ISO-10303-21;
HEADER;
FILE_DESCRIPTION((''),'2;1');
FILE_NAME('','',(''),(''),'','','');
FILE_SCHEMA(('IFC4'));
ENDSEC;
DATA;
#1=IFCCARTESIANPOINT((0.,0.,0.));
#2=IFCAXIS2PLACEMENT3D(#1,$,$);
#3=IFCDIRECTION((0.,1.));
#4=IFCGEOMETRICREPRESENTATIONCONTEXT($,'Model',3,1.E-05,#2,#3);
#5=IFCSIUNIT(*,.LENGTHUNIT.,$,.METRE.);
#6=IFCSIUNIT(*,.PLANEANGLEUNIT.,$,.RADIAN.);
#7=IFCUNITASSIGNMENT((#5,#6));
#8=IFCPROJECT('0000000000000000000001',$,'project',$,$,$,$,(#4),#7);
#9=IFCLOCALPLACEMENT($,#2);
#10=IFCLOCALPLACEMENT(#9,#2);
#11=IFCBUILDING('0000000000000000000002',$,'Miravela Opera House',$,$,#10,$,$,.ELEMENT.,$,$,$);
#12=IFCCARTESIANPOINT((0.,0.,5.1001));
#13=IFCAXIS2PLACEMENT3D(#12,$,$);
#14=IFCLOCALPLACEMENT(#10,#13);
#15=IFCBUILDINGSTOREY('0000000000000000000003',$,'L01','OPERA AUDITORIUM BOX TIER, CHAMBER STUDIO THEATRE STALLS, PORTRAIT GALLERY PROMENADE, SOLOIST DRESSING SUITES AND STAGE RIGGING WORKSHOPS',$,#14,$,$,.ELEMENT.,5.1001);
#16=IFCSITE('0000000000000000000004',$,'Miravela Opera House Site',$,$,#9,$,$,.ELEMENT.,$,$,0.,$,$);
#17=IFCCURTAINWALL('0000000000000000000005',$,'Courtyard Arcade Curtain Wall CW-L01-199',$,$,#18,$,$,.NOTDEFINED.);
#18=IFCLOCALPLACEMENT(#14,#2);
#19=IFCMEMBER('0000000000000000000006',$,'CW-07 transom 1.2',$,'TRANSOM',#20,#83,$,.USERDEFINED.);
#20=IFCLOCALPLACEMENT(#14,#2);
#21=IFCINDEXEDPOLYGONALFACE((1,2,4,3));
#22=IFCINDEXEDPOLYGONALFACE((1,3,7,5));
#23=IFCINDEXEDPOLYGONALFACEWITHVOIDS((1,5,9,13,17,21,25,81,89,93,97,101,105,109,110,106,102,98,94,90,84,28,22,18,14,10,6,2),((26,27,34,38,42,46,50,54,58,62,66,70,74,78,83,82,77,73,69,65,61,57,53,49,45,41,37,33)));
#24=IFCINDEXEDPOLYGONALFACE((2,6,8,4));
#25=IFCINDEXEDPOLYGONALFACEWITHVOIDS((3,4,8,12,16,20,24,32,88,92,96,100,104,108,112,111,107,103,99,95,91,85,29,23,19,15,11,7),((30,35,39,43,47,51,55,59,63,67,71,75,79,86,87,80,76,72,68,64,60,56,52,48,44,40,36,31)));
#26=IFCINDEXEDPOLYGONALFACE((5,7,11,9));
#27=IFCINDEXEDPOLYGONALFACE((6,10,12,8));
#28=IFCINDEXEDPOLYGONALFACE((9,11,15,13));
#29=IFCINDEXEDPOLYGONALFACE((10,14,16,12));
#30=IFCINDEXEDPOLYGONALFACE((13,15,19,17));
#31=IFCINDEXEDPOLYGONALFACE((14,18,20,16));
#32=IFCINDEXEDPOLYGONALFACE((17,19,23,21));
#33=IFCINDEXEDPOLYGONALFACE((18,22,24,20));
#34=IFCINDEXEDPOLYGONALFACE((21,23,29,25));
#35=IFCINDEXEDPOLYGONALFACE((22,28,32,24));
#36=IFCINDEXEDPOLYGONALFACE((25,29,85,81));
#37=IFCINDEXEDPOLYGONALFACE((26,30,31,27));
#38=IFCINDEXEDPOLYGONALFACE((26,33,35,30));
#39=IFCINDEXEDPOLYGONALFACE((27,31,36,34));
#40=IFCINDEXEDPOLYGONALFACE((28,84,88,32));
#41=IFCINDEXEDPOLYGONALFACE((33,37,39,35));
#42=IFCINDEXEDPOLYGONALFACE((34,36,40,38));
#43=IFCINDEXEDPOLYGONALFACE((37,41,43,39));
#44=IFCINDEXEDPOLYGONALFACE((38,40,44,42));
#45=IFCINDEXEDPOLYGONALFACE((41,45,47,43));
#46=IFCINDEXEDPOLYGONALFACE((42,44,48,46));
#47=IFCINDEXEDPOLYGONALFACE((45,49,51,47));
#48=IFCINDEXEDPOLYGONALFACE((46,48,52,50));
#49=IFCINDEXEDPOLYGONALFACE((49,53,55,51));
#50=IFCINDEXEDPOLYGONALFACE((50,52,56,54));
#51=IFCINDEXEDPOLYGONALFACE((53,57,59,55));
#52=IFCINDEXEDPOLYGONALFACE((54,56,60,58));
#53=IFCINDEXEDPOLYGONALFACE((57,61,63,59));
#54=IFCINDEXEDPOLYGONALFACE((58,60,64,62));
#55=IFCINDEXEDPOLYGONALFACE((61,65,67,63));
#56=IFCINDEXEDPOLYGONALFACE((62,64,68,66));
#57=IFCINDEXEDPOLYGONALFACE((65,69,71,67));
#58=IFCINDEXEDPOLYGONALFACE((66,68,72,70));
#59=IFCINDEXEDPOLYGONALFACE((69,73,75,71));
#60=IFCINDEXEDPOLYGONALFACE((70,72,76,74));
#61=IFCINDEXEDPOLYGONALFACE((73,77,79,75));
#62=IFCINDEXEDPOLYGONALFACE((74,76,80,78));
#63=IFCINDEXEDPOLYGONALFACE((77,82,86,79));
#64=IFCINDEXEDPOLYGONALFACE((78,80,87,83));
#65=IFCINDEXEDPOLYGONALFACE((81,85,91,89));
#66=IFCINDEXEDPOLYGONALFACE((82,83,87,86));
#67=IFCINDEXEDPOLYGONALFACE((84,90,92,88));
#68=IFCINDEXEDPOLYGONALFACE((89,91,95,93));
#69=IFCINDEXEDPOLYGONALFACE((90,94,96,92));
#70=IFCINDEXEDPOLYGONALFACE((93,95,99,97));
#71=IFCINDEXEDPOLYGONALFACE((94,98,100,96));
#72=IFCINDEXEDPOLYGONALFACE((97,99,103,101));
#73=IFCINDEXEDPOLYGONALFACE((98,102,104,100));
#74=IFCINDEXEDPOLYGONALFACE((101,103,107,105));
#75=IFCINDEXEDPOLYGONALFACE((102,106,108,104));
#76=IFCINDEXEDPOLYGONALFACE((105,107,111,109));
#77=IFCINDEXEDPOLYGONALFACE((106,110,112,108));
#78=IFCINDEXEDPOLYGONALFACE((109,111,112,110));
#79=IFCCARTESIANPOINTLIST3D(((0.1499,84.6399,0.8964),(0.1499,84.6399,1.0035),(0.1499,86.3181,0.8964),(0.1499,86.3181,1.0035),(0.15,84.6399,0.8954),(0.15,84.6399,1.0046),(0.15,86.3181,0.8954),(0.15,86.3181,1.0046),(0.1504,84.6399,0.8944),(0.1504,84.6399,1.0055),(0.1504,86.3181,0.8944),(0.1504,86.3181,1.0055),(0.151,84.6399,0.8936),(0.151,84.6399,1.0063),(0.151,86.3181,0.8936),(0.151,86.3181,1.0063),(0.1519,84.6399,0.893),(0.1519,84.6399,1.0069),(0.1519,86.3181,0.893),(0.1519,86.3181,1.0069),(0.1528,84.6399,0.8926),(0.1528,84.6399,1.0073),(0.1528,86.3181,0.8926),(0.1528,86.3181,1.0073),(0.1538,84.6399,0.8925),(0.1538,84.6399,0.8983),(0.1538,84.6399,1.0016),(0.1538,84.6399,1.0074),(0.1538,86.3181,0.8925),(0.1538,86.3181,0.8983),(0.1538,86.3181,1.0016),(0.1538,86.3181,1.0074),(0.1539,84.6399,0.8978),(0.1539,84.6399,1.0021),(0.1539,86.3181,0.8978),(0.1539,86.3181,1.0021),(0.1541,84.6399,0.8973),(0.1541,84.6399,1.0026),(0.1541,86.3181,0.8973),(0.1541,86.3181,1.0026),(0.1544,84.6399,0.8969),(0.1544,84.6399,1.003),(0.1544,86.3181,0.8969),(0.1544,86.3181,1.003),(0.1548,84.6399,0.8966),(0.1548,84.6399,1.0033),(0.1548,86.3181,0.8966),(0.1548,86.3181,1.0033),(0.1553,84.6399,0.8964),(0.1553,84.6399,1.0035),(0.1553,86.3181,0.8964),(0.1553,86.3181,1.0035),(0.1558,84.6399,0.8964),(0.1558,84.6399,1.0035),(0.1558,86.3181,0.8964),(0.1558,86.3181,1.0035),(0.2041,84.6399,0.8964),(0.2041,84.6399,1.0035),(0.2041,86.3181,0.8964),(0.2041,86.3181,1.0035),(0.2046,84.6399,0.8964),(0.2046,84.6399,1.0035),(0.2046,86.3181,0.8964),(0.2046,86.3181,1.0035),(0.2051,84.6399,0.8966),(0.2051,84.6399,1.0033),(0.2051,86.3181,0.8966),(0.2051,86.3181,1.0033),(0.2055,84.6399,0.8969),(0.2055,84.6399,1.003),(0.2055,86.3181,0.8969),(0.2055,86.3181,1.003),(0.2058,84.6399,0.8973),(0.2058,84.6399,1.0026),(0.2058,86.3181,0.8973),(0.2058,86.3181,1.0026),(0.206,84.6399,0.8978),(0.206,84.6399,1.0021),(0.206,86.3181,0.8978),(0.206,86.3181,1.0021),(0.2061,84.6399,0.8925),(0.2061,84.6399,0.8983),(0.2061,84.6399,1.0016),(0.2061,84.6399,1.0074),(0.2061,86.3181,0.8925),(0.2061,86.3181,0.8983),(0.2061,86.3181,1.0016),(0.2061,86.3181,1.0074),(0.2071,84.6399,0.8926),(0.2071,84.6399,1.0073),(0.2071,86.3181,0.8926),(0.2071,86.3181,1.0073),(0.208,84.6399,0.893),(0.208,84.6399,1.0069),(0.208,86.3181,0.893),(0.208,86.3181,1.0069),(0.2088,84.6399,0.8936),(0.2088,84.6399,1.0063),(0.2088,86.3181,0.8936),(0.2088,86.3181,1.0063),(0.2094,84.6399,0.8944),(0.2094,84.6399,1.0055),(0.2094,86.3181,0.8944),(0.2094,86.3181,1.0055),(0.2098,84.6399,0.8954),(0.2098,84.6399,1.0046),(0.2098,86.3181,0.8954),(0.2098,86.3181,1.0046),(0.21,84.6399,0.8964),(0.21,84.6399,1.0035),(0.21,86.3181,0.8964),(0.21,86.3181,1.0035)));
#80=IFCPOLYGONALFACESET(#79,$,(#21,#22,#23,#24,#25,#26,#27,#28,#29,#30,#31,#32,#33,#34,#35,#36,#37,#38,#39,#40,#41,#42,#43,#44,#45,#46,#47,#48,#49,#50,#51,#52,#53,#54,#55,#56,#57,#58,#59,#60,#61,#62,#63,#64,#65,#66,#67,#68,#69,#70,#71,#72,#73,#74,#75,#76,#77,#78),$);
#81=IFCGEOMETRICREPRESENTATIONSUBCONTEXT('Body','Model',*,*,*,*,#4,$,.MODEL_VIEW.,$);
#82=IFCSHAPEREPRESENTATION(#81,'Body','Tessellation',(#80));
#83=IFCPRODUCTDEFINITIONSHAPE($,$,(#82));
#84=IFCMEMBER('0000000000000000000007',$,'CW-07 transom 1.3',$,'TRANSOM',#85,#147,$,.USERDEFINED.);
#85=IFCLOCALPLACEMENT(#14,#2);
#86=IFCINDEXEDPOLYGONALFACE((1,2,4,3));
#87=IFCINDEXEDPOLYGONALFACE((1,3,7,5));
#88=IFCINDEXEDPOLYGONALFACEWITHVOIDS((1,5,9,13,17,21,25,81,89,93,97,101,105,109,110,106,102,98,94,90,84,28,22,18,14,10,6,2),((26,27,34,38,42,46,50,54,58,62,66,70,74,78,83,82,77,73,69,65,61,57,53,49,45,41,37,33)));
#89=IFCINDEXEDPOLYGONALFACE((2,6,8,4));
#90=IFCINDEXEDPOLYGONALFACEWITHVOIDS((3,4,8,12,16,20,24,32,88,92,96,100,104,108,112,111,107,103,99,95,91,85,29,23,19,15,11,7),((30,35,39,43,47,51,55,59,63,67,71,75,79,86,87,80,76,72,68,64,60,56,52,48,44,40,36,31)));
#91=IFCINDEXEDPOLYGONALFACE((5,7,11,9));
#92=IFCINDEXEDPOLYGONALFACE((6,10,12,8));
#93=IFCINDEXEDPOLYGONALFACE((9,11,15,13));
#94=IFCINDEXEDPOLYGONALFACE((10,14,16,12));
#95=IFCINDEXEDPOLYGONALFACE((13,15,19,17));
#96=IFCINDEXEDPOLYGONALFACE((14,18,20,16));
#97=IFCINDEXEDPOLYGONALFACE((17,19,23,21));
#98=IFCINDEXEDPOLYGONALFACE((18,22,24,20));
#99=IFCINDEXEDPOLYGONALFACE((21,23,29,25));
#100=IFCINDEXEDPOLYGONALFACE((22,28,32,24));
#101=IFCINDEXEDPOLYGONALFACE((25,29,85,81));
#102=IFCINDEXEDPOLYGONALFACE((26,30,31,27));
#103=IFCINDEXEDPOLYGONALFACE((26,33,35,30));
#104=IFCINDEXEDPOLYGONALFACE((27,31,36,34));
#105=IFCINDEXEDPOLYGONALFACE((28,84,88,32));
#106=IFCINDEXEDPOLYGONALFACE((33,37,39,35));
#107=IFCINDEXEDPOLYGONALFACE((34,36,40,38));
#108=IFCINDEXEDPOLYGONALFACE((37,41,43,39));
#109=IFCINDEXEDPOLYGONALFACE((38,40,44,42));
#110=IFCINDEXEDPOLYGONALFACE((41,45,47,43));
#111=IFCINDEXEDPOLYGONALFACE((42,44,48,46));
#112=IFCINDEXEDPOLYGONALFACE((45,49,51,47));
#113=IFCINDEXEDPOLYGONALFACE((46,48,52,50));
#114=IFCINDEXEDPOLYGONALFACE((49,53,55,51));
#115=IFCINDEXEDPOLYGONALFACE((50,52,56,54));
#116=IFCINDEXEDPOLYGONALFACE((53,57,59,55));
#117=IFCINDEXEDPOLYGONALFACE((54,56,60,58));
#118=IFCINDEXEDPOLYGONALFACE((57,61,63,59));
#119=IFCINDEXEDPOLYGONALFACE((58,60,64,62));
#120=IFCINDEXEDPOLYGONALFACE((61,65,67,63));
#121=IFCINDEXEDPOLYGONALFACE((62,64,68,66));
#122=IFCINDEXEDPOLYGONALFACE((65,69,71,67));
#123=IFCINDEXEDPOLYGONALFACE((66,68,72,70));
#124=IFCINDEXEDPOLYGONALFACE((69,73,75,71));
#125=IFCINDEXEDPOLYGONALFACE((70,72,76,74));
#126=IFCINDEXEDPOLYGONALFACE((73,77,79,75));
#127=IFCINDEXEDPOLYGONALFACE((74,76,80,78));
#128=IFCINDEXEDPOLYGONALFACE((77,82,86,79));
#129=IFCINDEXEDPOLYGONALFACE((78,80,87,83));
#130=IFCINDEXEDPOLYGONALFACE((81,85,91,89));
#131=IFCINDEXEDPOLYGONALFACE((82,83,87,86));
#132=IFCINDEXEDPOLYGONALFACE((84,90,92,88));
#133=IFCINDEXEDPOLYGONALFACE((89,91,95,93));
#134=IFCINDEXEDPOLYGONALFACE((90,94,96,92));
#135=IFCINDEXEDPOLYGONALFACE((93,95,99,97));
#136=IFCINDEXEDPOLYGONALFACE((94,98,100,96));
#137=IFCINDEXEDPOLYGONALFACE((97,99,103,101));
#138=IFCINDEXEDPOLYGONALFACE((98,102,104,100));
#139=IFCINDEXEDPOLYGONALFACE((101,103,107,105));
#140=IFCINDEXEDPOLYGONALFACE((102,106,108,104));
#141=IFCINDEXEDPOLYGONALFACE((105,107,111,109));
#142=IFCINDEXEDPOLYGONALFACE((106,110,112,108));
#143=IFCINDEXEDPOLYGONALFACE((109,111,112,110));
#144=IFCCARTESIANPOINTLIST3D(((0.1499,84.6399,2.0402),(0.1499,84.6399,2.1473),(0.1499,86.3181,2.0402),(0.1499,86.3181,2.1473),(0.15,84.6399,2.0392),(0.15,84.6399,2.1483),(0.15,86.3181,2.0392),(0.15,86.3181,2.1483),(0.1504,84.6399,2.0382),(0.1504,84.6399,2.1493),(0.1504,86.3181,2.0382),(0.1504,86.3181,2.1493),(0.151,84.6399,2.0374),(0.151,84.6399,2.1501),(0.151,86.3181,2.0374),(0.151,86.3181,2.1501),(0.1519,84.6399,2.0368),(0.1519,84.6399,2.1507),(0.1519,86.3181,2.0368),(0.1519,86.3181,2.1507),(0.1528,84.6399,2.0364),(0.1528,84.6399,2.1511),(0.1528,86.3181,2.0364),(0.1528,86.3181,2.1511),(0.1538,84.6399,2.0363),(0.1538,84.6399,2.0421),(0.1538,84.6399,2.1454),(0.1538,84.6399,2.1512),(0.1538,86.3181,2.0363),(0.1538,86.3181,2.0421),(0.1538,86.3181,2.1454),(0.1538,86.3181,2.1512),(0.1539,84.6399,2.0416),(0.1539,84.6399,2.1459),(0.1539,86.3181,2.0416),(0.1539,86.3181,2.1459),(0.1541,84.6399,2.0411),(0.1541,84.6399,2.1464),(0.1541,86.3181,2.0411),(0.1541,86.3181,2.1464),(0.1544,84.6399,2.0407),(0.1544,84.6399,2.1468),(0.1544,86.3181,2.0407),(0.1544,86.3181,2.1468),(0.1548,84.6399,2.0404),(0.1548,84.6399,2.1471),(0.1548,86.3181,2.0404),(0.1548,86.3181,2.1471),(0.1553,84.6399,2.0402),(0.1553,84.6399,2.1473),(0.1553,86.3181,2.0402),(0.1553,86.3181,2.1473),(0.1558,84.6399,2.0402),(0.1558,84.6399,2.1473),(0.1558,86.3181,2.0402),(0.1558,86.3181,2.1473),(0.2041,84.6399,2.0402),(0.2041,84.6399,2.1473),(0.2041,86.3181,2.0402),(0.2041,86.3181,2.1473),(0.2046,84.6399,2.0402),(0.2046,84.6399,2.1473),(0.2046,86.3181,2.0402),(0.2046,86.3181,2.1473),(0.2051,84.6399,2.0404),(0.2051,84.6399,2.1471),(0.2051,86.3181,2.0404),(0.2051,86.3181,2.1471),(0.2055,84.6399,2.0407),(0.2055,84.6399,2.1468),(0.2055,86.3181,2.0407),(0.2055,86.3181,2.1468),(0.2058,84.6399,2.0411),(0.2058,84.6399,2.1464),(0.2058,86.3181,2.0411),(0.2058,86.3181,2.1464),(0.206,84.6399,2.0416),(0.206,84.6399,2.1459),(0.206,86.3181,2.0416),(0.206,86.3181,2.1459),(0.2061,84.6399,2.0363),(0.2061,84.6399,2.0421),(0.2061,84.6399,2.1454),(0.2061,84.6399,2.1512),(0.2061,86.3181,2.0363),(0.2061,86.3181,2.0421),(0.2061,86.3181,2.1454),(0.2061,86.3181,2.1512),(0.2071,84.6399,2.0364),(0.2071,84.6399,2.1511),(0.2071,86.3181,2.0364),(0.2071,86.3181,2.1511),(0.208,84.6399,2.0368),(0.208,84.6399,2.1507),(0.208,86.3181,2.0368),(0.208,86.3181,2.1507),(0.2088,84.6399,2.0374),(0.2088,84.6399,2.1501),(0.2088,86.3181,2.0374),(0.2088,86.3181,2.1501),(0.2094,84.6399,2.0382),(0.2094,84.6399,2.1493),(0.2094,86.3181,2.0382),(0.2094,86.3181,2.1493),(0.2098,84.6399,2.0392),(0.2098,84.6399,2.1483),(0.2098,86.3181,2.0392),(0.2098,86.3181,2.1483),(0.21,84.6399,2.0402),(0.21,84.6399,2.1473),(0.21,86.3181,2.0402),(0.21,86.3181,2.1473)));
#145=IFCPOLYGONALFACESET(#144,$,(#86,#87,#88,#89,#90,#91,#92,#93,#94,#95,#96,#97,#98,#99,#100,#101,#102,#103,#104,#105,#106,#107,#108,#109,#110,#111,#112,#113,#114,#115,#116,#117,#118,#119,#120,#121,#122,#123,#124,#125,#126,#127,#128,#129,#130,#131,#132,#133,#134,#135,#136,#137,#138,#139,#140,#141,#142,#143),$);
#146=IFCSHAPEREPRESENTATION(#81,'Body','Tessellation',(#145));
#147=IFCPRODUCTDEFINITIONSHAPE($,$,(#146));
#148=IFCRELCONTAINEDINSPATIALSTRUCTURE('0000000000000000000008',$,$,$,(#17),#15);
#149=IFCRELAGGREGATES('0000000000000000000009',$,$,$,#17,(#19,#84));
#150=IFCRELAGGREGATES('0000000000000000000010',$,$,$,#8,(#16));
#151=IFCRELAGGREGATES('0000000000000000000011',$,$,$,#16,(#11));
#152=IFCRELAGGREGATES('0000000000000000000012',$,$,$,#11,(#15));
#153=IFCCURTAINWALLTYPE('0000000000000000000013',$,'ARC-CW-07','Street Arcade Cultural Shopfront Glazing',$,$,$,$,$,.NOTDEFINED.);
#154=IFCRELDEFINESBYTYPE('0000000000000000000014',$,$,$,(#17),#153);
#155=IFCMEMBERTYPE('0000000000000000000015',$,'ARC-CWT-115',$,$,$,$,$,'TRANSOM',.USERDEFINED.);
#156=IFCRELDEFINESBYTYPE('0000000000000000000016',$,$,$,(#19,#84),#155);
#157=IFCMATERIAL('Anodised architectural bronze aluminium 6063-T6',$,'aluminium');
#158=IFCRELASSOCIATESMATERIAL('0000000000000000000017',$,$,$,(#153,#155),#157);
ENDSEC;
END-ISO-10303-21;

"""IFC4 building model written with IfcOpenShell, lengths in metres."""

from ifc_helpers import new_model, si_unit, direction, frame, origin, origin_2d, place, context, subcontext, project, spatial, hollow_rectangle, extrude, material, material_profile, profile_set, type_object, element, aggregate, save


model = new_model("IFC4")

# Units and contexts
model_context = context("Model", 3, precision=1e-05, world=origin(), true_north=direction((0.0, 1.0)))
body_context = subcontext(model_context, "Body", "Model", "MODEL_VIEW")
ifc_project = project(units=[si_unit("LENGTHUNIT", "METRE"), si_unit("PLANEANGLEUNIT", "RADIAN")], contexts=[model_context])

# Site, building, storey
site_placement = place(None, origin())
site = spatial("IfcSite", under=ifc_project, at=site_placement, Name="Miravela Opera House Site", CompositionType="ELEMENT", RefElevation=0.0)
building_placement = place(site_placement, origin())
building = spatial("IfcBuilding", under=site, at=building_placement, Name="Miravela Opera House", CompositionType="ELEMENT")
storey_placement = place(building_placement, frame((0.0, 0.0, 5.1001)))
storey = spatial("IfcBuildingStorey", under=building, at=storey_placement, Name="L01", Description="OPERA AUDITORIUM BOX TIER, CHAMBER STUDIO THEATRE STALLS, PORTRAIT GALLERY PROMENADE, SOLOIST DRESSING SUITES AND STAGE RIGGING WORKSHOPS", CompositionType="ELEMENT", Elevation=5.1001)

# Curtain wall, members
ifc_material_1 = material(Name="Anodised architectural bronze aluminium 6063-T6", Category="aluminium")
curtain_wall_type = type_object("IfcCurtainWallType", Name="ARC-CW-07", Description="Street Arcade Cultural Shopfront Glazing", PredefinedType="NOTDEFINED", material=ifc_material_1)
curtain_wall_placement = place(storey_placement, origin())
curtain_wall = element("IfcCurtainWall", 1, at=curtain_wall_placement, inside=storey, type_object=curtain_wall_type, Name="Courtyard Arcade Curtain Wall CW-L01-199", PredefinedType="NOTDEFINED")
ifc_material_profile_1 = material_profile(ifc_material_1, hollow_rectangle(XDim=0.0601, YDim=0.115, WallThickness=0.0039, InnerFilletRadius=0.002, OuterFilletRadius=0.0039, at=origin_2d()), Name="CWT-60X115")
ifc_profile_set_1 = profile_set([ifc_material_profile_1])
member_type_1 = type_object("IfcMemberType", Name="ARC-CWT-115", ElementType="TRANSOM", PredefinedType="USERDEFINED", material=ifc_profile_set_1)
member_1_placement = place(storey_placement, frame((0.1799, 84.6399, 0.95), z_axis=(0.0, 1.0, 0.0), x_axis=(-1.0, 0.0, 0.0)))
member_1 = element("IfcMember", 2, at=member_1_placement, type_object=member_type_1, Name="CW-07 transom 1.2", ObjectType="TRANSOM", PredefinedType="USERDEFINED", context=body_context, shape_type="SweptSolid", body=[
    extrude(hollow_rectangle(XDim=0.0601, YDim=0.115, WallThickness=0.0039, InnerFilletRadius=0.002, OuterFilletRadius=0.0039, at=origin_2d()), origin(), (0.0, 0.0, 1.0), 1.6782),
])
member_2_placement = place(storey_placement, frame((0.1799, 84.6399, 2.0938), z_axis=(0.0, 1.0, 0.0), x_axis=(-1.0, 0.0, 0.0)))
member_2 = element("IfcMember", 3, at=member_2_placement, type_object=member_type_1, Name="CW-07 transom 1.3", ObjectType="TRANSOM", PredefinedType="USERDEFINED", context=body_context, shape_type="SweptSolid", body=[
    extrude(hollow_rectangle(XDim=0.0601, YDim=0.115, WallThickness=0.0039, InnerFilletRadius=0.002, OuterFilletRadius=0.0039, at=origin_2d()), origin(), (0.0, 0.0, 1.0), 1.6782),
])
aggregate(curtain_wall, [member_1, member_2])

save(model, "model.ifc")
